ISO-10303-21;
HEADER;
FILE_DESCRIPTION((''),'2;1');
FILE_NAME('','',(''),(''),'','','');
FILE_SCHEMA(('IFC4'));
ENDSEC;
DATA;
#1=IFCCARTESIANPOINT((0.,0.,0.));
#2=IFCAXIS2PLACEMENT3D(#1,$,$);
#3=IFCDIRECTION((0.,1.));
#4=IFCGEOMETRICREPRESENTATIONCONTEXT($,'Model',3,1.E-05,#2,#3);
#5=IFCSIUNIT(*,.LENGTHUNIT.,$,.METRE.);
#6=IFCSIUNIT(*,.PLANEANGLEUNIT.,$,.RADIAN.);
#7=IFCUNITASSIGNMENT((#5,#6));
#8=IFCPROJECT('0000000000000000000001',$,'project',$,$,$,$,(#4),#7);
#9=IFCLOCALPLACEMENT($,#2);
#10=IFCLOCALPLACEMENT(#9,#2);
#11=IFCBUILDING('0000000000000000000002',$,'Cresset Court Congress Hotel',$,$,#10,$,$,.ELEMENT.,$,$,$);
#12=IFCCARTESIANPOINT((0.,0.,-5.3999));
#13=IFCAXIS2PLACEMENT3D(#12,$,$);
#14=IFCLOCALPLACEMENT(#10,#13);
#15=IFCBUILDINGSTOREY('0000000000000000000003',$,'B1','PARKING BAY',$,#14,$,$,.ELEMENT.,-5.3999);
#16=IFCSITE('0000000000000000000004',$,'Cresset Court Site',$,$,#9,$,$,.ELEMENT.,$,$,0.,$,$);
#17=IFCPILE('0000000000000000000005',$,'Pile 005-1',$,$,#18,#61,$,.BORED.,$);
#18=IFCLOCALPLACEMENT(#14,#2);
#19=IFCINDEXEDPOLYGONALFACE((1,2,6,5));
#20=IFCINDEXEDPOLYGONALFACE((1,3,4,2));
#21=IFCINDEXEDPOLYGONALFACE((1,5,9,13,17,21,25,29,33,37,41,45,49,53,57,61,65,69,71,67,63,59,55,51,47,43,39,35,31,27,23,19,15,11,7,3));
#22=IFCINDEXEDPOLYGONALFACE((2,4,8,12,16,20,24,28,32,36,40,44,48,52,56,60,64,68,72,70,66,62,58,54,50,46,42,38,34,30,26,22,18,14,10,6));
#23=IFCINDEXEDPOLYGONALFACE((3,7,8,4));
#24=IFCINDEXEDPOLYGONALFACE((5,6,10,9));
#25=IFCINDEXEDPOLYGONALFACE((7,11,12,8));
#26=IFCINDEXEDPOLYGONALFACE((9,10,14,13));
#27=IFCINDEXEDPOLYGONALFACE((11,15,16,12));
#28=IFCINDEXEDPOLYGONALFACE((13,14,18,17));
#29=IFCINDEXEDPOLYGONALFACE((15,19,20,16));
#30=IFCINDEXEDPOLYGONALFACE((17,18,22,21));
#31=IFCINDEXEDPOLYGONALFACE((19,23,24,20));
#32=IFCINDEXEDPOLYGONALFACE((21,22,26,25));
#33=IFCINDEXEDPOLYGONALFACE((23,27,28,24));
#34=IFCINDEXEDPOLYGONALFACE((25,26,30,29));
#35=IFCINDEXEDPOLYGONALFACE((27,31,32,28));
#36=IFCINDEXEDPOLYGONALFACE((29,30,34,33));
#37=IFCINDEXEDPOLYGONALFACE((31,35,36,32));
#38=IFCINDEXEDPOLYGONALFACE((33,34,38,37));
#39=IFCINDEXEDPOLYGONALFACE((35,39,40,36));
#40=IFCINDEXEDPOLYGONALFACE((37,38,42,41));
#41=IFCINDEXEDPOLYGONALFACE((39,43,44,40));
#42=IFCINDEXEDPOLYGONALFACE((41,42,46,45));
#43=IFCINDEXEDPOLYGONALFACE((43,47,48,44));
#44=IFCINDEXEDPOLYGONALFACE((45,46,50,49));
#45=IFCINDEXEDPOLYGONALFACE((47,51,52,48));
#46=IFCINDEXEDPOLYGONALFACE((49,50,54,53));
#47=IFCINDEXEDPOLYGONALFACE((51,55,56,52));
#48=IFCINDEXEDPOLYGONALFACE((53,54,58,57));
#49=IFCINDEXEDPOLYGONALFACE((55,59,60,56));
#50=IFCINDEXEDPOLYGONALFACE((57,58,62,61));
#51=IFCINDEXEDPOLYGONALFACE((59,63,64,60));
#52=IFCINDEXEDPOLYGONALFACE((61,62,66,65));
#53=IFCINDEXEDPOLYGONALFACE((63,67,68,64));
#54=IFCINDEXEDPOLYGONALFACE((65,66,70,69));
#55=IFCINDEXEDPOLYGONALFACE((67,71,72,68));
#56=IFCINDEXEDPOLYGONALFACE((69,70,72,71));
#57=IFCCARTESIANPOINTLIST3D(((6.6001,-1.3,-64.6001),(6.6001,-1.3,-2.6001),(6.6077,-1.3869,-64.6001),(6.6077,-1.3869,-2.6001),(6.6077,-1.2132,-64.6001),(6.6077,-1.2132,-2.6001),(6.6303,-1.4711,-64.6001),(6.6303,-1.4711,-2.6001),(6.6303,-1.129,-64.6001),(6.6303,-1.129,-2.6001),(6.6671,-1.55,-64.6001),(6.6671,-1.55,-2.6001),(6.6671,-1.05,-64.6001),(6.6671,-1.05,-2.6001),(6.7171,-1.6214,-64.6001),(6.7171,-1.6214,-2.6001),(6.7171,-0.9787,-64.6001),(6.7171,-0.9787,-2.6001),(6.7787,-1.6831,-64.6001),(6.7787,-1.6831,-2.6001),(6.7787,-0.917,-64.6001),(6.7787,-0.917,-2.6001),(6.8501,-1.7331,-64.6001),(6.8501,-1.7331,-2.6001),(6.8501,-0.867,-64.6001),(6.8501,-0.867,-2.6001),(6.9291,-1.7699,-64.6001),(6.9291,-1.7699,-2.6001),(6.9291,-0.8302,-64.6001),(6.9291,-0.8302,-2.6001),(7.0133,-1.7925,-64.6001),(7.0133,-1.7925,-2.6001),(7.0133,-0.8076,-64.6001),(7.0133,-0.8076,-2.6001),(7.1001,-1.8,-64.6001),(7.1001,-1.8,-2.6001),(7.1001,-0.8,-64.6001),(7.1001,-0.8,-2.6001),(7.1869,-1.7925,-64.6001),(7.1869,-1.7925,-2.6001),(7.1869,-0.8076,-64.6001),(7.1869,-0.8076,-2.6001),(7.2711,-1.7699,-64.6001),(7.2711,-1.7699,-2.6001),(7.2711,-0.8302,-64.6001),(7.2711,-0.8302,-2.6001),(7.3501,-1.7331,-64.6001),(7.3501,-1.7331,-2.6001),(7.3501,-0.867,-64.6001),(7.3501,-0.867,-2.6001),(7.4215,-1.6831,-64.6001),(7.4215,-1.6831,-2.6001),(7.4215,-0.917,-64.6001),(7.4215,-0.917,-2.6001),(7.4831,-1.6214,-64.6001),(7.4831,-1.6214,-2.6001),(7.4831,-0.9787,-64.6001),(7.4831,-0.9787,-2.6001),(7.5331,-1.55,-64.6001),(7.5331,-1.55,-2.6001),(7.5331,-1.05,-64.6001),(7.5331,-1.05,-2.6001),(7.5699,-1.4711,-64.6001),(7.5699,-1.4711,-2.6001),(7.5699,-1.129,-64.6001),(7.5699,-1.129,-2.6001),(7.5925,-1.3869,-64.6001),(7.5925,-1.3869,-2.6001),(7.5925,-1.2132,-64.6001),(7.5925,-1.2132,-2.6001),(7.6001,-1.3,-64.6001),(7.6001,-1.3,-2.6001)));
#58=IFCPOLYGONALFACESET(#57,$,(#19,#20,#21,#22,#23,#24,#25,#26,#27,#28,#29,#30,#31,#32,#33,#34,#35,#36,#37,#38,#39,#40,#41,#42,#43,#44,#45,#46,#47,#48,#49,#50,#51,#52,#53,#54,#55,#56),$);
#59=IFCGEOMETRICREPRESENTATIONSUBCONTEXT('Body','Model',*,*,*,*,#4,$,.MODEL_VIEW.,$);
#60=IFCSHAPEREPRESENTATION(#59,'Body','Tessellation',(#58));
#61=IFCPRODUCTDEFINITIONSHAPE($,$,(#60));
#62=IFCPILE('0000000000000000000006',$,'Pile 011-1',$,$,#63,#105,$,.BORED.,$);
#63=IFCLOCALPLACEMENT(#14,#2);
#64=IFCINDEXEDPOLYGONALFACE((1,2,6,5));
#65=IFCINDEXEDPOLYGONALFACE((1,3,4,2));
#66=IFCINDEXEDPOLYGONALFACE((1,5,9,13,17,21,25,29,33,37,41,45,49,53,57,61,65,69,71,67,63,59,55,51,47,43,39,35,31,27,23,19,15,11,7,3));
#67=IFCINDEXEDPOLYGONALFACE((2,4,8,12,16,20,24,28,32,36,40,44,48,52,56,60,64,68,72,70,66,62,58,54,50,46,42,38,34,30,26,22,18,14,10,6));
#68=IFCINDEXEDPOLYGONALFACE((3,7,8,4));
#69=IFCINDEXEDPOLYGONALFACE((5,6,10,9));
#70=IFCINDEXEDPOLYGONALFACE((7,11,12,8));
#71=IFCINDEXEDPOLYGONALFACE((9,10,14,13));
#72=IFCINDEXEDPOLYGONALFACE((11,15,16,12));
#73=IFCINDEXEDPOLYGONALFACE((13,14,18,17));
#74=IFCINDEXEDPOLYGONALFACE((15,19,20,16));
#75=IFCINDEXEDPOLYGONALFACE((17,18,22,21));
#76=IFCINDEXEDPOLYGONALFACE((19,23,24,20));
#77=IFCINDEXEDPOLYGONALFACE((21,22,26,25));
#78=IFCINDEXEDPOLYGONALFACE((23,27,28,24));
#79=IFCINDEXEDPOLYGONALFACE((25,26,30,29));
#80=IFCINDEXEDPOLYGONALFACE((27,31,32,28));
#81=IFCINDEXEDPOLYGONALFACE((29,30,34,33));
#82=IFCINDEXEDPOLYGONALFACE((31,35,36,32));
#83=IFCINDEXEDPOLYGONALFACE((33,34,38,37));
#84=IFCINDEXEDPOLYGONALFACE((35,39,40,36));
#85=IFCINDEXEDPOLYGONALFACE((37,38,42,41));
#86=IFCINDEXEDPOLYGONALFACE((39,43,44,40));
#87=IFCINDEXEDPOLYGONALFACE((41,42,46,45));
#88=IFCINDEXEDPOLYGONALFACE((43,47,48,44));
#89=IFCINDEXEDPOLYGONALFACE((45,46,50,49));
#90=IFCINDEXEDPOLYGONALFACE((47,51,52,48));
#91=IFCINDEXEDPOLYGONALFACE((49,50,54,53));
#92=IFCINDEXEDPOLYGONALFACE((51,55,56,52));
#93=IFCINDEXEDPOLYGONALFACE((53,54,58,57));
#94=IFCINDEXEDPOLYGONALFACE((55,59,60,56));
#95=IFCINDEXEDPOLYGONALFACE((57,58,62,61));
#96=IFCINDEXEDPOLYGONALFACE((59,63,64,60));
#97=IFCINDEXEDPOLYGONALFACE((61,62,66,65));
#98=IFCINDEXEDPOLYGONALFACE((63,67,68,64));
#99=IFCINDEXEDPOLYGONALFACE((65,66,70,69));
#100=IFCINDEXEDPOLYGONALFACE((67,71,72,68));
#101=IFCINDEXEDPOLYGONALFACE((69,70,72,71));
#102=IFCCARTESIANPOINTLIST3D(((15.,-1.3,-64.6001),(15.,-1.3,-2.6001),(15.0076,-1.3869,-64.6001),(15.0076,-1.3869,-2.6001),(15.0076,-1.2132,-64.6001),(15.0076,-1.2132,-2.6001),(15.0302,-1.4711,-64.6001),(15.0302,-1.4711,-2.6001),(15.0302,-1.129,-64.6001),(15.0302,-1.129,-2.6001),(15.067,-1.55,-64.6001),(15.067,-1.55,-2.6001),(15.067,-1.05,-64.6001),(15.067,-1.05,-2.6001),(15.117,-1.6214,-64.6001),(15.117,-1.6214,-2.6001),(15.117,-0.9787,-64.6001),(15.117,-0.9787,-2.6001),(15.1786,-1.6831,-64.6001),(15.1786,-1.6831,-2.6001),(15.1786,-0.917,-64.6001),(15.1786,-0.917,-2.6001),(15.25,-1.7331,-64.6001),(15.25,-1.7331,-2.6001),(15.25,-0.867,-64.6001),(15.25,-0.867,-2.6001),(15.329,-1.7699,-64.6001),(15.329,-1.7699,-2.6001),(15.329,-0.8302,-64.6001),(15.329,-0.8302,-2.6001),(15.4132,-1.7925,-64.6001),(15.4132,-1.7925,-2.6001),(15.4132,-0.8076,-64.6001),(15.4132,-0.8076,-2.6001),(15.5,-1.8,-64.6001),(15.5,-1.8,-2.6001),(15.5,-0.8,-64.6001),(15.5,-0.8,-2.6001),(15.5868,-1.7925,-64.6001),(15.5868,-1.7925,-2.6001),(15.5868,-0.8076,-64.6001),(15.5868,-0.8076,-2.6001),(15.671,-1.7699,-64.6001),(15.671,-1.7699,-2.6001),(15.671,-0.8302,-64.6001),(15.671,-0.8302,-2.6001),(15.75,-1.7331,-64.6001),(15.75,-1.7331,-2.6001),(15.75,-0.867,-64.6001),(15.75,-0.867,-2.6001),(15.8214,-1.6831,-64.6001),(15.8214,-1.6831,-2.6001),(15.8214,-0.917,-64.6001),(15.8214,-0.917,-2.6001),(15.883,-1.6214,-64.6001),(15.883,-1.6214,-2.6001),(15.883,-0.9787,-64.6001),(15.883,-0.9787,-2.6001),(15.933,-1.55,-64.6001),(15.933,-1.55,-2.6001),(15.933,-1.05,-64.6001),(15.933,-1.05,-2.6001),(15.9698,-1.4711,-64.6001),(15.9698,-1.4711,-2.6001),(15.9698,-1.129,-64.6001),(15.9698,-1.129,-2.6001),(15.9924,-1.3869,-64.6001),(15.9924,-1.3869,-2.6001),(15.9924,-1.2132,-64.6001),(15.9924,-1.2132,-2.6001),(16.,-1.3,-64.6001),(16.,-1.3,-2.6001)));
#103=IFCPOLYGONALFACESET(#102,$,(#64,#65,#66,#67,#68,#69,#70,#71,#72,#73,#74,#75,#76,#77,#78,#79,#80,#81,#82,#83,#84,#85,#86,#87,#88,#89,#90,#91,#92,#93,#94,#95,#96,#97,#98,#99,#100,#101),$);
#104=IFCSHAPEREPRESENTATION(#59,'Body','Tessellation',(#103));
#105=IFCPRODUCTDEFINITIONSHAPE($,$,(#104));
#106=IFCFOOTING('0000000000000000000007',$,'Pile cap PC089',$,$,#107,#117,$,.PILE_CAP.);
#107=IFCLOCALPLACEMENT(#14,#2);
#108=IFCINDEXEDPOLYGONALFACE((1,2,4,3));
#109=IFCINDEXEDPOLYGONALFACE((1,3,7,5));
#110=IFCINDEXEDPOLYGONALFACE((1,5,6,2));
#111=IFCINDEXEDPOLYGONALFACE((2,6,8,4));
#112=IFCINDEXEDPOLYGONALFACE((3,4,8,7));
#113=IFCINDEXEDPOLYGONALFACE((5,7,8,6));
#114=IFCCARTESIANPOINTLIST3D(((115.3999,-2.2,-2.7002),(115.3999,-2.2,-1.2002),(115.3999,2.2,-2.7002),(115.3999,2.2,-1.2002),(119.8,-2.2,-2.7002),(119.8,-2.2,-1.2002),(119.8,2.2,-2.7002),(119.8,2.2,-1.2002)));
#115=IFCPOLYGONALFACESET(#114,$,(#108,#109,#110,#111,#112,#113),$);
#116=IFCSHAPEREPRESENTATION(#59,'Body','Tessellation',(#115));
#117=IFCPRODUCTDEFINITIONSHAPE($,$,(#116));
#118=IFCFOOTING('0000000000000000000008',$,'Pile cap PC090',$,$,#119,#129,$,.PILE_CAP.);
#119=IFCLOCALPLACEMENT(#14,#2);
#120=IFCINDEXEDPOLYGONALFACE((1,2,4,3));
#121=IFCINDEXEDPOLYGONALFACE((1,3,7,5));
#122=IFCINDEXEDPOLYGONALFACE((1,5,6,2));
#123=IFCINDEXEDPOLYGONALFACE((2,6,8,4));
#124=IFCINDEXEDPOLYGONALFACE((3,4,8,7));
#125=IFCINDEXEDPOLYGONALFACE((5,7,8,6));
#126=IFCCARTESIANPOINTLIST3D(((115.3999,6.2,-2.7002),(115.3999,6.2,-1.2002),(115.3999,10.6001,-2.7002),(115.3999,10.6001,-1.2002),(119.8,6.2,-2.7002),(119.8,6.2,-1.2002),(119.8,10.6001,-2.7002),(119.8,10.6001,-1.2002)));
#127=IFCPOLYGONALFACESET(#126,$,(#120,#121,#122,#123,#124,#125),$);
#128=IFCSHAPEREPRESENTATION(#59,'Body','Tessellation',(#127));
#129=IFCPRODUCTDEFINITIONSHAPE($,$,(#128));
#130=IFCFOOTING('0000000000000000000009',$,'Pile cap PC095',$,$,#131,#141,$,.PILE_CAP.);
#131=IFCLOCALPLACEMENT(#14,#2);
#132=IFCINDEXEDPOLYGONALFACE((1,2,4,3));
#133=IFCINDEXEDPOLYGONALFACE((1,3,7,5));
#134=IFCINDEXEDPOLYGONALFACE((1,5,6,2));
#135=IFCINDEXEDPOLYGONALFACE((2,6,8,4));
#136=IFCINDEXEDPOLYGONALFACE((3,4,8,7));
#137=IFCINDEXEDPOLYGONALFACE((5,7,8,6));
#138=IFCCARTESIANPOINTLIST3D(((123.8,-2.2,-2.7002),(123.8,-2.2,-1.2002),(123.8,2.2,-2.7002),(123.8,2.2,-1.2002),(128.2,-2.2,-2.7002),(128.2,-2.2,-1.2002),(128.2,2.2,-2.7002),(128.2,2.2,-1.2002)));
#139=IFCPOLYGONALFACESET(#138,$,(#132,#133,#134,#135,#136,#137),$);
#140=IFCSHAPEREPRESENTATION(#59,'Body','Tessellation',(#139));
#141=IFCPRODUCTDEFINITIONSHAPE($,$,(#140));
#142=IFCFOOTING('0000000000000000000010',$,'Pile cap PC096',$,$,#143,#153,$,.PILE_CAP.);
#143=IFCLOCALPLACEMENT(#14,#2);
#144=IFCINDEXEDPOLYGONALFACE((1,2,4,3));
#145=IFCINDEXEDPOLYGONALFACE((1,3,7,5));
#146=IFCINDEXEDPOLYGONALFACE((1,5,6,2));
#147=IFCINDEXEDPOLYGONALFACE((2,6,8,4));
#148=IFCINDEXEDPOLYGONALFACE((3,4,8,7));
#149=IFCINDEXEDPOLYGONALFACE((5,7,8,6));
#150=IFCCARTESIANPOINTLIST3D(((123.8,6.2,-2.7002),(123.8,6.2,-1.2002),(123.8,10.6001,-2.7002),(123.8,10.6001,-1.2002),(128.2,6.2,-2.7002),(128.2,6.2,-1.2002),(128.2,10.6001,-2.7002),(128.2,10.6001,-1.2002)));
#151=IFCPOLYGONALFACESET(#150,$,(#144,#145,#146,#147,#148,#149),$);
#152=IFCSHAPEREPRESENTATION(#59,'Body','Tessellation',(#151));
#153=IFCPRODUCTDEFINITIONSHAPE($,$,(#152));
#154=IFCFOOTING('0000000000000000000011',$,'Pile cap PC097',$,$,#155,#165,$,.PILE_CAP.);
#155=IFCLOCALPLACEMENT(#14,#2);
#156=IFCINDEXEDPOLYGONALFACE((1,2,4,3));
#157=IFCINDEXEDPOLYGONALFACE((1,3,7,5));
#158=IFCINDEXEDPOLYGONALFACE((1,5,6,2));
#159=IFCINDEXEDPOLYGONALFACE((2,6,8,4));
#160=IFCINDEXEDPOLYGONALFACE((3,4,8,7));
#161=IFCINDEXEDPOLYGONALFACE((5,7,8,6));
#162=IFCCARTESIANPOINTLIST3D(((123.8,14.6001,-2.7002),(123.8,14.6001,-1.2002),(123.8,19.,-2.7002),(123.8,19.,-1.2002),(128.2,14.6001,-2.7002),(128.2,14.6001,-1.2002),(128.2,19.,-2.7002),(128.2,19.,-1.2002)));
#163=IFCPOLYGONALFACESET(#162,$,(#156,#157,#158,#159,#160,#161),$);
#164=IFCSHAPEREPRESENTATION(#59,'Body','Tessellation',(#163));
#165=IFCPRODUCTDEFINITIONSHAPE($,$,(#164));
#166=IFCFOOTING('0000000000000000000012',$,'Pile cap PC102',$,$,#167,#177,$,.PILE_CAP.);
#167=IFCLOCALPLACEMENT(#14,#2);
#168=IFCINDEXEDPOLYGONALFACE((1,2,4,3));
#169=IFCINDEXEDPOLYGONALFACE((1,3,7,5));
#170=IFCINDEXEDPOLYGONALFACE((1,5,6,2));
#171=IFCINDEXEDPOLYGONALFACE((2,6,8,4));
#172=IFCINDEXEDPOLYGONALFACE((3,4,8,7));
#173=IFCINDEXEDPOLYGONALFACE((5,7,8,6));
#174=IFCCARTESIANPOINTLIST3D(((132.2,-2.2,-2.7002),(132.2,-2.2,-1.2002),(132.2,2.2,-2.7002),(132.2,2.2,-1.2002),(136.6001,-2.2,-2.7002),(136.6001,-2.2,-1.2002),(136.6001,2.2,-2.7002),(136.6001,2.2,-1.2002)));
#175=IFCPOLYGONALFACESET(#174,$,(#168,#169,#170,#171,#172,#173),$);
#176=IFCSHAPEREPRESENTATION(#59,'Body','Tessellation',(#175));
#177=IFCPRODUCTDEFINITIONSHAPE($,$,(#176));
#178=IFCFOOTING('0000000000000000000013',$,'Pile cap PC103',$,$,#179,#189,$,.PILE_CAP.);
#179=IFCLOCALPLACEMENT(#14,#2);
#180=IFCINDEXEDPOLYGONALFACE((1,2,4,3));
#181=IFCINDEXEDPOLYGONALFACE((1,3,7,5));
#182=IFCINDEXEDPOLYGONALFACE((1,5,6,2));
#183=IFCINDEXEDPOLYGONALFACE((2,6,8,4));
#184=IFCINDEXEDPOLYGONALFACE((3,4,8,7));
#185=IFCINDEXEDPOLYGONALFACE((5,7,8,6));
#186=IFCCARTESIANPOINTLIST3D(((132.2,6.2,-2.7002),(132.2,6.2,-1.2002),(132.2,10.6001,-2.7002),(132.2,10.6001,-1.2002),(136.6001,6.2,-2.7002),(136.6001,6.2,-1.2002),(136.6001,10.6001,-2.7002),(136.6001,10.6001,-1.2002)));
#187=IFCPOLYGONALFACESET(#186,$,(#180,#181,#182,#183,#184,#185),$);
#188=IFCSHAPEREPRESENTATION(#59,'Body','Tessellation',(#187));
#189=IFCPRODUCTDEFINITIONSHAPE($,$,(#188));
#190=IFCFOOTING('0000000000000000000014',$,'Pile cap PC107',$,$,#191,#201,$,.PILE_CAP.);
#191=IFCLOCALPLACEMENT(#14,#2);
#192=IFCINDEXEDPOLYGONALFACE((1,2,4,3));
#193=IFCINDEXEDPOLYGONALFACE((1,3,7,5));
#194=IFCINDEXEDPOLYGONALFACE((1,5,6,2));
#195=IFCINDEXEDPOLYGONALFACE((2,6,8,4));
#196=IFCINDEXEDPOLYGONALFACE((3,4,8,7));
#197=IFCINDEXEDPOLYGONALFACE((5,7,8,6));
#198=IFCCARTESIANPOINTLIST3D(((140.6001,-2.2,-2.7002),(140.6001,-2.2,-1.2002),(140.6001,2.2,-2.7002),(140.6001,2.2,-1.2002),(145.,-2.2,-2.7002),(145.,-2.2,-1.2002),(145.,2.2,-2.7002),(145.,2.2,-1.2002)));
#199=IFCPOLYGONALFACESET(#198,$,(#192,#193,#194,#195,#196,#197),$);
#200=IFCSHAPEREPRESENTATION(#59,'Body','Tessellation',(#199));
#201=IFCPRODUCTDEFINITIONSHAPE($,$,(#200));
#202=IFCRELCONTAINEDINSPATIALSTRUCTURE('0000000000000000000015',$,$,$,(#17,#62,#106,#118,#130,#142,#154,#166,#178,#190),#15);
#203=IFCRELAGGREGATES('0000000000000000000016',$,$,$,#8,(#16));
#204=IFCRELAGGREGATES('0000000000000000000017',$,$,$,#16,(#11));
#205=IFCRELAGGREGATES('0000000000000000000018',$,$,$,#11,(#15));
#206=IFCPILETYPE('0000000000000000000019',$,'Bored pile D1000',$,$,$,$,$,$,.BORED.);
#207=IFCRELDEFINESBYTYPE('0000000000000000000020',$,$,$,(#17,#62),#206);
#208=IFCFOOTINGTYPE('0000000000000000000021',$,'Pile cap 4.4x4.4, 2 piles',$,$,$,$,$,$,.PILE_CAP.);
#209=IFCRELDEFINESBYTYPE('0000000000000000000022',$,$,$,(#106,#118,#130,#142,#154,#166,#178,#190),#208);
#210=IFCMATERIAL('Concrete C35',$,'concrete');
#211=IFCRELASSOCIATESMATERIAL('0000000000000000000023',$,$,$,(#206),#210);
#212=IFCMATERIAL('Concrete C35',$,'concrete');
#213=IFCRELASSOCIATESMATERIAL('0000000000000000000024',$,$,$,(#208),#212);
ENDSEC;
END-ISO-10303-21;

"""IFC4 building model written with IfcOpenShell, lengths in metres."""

from ifc_helpers import new_model, si_unit, direction, frame, origin, origin_2d, place, context, subcontext, project, spatial, polyline, circle, outline, extrude, material, type_object, element, save


model = new_model("IFC4")

# Units and contexts
model_context = context("Model", 3, precision=1e-05, world=origin(), true_north=direction((0.0, 1.0)))
body_context = subcontext(model_context, "Body", "Model", "MODEL_VIEW")
ifc_project = project(units=[si_unit("LENGTHUNIT", "METRE"), si_unit("PLANEANGLEUNIT", "RADIAN")], contexts=[model_context])

# Site, building, storey
site_placement = place(None, origin())
site = spatial("IfcSite", under=ifc_project, at=site_placement, Name="Cresset Court Site", CompositionType="ELEMENT", RefElevation=0.0)
building_placement = place(site_placement, origin())
building = spatial("IfcBuilding", under=site, at=building_placement, Name="Cresset Court Congress Hotel", CompositionType="ELEMENT")
storey_placement = place(building_placement, frame((0.0, 0.0, -5.3999)))
storey = spatial("IfcBuildingStorey", under=building, at=storey_placement, Name="B1", Description="PARKING BAY", CompositionType="ELEMENT", Elevation=-5.3999)

# Piles
ifc_material_1 = material(Name="Concrete C35", Category="concrete")
pile_type = type_object("IfcPileType", Name="Bored pile D1000", PredefinedType="BORED", material=ifc_material_1)
for number, where, z_axis, x_axis, name in (
    (1, (7.1001, -1.3, -2.6001), (0.0, 0.0, -1.0), (1.0, 0.0, 0.0), "Pile 005-1"),
    (2, (15.5, -1.3, -2.6001), (0.0, 0.0, -1.0), (1.0, 0.0, 0.0), "Pile 011-1"),
):
    element("IfcPile", number, at=place(storey_placement, frame(where, z_axis=z_axis, x_axis=x_axis)), inside=storey, type_object=pile_type, Name=name, PredefinedType="BORED", context=body_context, shape_type="SweptSolid", body=[
        extrude(circle(Radius=0.5, at=origin_2d()), origin(), (0.0, 0.0, 1.0), 62.0),
    ])

# Footings
ifc_material_2 = material(Name="Concrete C35", Category="concrete")
footing_type_1 = type_object("IfcFootingType", Name="Pile cap 4.4x4.4, 2 piles", PredefinedType="PILE_CAP", material=ifc_material_2)
footing_1_placement = place(storey_placement, frame((0.0, 0.0, -2.7002)))
element("IfcFooting", 3, at=footing_1_placement, inside=storey, type_object=footing_type_1, Name="Pile cap PC089", PredefinedType="PILE_CAP", context=body_context, shape_type="SweptSolid", body=[
    extrude(outline(polyline([(119.8, -2.2), (115.3999, -2.2), (115.3999, 2.2), (119.8, 2.2), (119.8, -2.2)])), origin(), (0.0, 0.0, 1.0), 1.5),
])
footing_2_placement = place(storey_placement, frame((0.0, 0.0, -2.7002)))
element("IfcFooting", 4, at=footing_2_placement, inside=storey, type_object=footing_type_1, Name="Pile cap PC090", PredefinedType="PILE_CAP", context=body_context, shape_type="SweptSolid", body=[
    extrude(outline(polyline([(119.8, 10.6001), (119.8, 6.2), (115.3999, 6.2), (115.3999, 10.6001), (119.8, 10.6001)])), origin(), (0.0, 0.0, 1.0), 1.5),
])
footing_3_placement = place(storey_placement, frame((0.0, 0.0, -2.7002)))
element("IfcFooting", 5, at=footing_3_placement, inside=storey, type_object=footing_type_1, Name="Pile cap PC095", PredefinedType="PILE_CAP", context=body_context, shape_type="SweptSolid", body=[
    extrude(outline(polyline([(128.2, -2.2), (123.8, -2.2), (123.8, 2.2), (128.2, 2.2), (128.2, -2.2)])), origin(), (0.0, 0.0, 1.0), 1.5),
])
footing_4_placement = place(storey_placement, frame((0.0, 0.0, -2.7002)))
element("IfcFooting", 6, at=footing_4_placement, inside=storey, type_object=footing_type_1, Name="Pile cap PC096", PredefinedType="PILE_CAP", context=body_context, shape_type="SweptSolid", body=[
    extrude(outline(polyline([(128.2, 6.2), (123.8, 6.2), (123.8, 10.6001), (128.2, 10.6001), (128.2, 6.2)])), origin(), (0.0, 0.0, 1.0), 1.5),
])
footing_5_placement = place(storey_placement, frame((0.0, 0.0, -2.7002)))
element("IfcFooting", 7, at=footing_5_placement, inside=storey, type_object=footing_type_1, Name="Pile cap PC097", PredefinedType="PILE_CAP", context=body_context, shape_type="SweptSolid", body=[
    extrude(outline(polyline([(128.2, 19.0), (128.2, 14.6001), (123.8, 14.6001), (123.8, 19.0), (128.2, 19.0)])), origin(), (0.0, 0.0, 1.0), 1.5),
])
footing_6_placement = place(storey_placement, frame((0.0, 0.0, -2.7002)))
element("IfcFooting", 8, at=footing_6_placement, inside=storey, type_object=footing_type_1, Name="Pile cap PC102", PredefinedType="PILE_CAP", context=body_context, shape_type="SweptSolid", body=[
    extrude(outline(polyline([(136.6001, -2.2), (132.2, -2.2), (132.2, 2.2), (136.6001, 2.2), (136.6001, -2.2)])), origin(), (0.0, 0.0, 1.0), 1.5),
])
footing_7_placement = place(storey_placement, frame((0.0, 0.0, -2.7002)))
element("IfcFooting", 9, at=footing_7_placement, inside=storey, type_object=footing_type_1, Name="Pile cap PC103", PredefinedType="PILE_CAP", context=body_context, shape_type="SweptSolid", body=[
    extrude(outline(polyline([(136.6001, 10.6001), (136.6001, 6.2), (132.2, 6.2), (132.2, 10.6001), (136.6001, 10.6001)])), origin(), (0.0, 0.0, 1.0), 1.5),
])
footing_8_placement = place(storey_placement, frame((0.0, 0.0, -2.7002)))
element("IfcFooting", 10, at=footing_8_placement, inside=storey, type_object=footing_type_1, Name="Pile cap PC107", PredefinedType="PILE_CAP", context=body_context, shape_type="SweptSolid", body=[
    extrude(outline(polyline([(145.0, -2.2), (140.6001, -2.2), (140.6001, 2.2), (145.0, 2.2), (145.0, -2.2)])), origin(), (0.0, 0.0, 1.0), 1.5),
])

save(model, "model.ifc")
